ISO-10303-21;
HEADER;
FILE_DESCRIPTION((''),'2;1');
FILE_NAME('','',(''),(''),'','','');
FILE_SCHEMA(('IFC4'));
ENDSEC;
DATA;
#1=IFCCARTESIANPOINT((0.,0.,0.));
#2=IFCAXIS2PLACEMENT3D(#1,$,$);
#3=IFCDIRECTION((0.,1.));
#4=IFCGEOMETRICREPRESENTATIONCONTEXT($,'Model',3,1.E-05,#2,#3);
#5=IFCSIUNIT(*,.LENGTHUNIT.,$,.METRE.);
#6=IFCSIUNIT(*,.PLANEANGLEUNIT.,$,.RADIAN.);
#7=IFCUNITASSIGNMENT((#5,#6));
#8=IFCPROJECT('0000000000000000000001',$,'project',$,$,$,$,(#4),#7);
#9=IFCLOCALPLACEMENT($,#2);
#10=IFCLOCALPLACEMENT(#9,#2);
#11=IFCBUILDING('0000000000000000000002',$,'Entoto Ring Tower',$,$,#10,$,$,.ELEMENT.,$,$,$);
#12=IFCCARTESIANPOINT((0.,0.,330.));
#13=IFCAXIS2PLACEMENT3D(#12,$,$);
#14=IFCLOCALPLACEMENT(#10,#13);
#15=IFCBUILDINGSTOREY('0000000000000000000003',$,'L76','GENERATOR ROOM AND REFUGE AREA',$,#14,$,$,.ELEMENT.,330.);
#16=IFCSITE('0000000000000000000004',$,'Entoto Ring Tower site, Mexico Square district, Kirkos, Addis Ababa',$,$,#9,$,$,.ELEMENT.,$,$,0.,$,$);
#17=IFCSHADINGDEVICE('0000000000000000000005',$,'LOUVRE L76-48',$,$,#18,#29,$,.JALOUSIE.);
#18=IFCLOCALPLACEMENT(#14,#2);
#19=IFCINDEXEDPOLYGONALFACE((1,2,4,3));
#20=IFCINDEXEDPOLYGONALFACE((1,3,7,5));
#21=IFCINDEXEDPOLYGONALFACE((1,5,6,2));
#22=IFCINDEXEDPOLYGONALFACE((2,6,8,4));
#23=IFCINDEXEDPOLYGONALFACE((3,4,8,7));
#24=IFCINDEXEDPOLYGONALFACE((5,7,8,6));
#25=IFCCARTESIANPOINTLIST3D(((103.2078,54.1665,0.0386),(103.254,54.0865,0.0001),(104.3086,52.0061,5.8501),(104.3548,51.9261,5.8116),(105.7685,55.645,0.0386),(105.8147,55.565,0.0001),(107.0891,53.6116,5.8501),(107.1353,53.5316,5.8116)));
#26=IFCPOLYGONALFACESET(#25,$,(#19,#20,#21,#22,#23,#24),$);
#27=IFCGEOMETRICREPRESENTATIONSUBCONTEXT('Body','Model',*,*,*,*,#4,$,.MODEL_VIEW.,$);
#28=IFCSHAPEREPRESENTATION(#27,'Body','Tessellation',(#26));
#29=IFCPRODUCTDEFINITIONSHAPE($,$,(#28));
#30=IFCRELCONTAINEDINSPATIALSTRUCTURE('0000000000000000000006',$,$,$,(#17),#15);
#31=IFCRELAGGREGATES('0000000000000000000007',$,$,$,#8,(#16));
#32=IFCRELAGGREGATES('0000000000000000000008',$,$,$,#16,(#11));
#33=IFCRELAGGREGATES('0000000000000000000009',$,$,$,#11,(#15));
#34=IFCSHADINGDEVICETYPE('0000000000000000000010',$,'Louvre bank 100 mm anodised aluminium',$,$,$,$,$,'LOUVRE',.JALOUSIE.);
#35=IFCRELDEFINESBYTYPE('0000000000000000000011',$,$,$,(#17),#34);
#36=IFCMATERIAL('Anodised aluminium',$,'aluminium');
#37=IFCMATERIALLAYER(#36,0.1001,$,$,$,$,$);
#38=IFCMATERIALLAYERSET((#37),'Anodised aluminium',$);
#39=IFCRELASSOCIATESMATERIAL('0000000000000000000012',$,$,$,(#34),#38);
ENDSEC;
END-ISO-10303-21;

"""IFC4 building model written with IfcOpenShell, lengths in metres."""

from ifc_helpers import new_model, si_unit, direction, frame, origin, place, context, subcontext, project, spatial, polyline, outline, extrude, material, layer, layer_set, type_object, element, save


model = new_model("IFC4")

# Units and contexts
model_context = context("Model", 3, precision=1e-05, world=origin(), true_north=direction((0.0, 1.0)))
body_context = subcontext(model_context, "Body", "Model", "MODEL_VIEW")
ifc_project = project(units=[si_unit("LENGTHUNIT", "METRE"), si_unit("PLANEANGLEUNIT", "RADIAN")], contexts=[model_context])

# Site, building, storey
site_placement = place(None, origin())
site = spatial("IfcSite", under=ifc_project, at=site_placement, Name="Entoto Ring Tower site, Mexico Square district, Kirkos, Addis Ababa", CompositionType="ELEMENT", RefElevation=0.0)
building_placement = place(site_placement, origin())
building = spatial("IfcBuilding", under=site, at=building_placement, Name="Entoto Ring Tower", CompositionType="ELEMENT")
storey_placement = place(building_placement, frame((0.0, 0.0, 330.0)))
storey = spatial("IfcBuildingStorey", under=building, at=storey_placement, Name="L76", Description="GENERATOR ROOM AND REFUGE AREA", CompositionType="ELEMENT", Elevation=330.0)

# Shading device
ifc_material_1 = material(Name="Anodised aluminium", Category="aluminium")
ifc_layer_1 = layer(ifc_material_1, 0.1001)
ifc_layer_set_1 = layer_set([ifc_layer_1], Name="Anodised aluminium")
shading_device_type = type_object("IfcShadingDeviceType", Name="Louvre bank 100 mm anodised aluminium", ElementType="LOUVRE", PredefinedType="JALOUSIE", material=ifc_layer_set_1)
shading_device_1_placement = place(storey_placement, frame((103.2078, 54.1665, 0.0386), z_axis=(-0.461562, 0.799403, 0.384598), x_axis=(0.866014, 0.50002, 0.000005)))
element("IfcShadingDevice", 1, at=shading_device_1_placement, inside=storey, type_object=shading_device_type, Name="LOUVRE L76-48", PredefinedType="JALOUSIE", context=body_context, shape_type="SweptSolid", body=[
    extrude(outline(polyline([(0.0, 0.0), (2.957, 0.0), (3.0838, -6.2958), (-0.1269, -6.2958), (0.0, 0.0)])), origin(), (0.0, 0.0, -1.0), 0.1001),
])

save(model, "model.ifc")
